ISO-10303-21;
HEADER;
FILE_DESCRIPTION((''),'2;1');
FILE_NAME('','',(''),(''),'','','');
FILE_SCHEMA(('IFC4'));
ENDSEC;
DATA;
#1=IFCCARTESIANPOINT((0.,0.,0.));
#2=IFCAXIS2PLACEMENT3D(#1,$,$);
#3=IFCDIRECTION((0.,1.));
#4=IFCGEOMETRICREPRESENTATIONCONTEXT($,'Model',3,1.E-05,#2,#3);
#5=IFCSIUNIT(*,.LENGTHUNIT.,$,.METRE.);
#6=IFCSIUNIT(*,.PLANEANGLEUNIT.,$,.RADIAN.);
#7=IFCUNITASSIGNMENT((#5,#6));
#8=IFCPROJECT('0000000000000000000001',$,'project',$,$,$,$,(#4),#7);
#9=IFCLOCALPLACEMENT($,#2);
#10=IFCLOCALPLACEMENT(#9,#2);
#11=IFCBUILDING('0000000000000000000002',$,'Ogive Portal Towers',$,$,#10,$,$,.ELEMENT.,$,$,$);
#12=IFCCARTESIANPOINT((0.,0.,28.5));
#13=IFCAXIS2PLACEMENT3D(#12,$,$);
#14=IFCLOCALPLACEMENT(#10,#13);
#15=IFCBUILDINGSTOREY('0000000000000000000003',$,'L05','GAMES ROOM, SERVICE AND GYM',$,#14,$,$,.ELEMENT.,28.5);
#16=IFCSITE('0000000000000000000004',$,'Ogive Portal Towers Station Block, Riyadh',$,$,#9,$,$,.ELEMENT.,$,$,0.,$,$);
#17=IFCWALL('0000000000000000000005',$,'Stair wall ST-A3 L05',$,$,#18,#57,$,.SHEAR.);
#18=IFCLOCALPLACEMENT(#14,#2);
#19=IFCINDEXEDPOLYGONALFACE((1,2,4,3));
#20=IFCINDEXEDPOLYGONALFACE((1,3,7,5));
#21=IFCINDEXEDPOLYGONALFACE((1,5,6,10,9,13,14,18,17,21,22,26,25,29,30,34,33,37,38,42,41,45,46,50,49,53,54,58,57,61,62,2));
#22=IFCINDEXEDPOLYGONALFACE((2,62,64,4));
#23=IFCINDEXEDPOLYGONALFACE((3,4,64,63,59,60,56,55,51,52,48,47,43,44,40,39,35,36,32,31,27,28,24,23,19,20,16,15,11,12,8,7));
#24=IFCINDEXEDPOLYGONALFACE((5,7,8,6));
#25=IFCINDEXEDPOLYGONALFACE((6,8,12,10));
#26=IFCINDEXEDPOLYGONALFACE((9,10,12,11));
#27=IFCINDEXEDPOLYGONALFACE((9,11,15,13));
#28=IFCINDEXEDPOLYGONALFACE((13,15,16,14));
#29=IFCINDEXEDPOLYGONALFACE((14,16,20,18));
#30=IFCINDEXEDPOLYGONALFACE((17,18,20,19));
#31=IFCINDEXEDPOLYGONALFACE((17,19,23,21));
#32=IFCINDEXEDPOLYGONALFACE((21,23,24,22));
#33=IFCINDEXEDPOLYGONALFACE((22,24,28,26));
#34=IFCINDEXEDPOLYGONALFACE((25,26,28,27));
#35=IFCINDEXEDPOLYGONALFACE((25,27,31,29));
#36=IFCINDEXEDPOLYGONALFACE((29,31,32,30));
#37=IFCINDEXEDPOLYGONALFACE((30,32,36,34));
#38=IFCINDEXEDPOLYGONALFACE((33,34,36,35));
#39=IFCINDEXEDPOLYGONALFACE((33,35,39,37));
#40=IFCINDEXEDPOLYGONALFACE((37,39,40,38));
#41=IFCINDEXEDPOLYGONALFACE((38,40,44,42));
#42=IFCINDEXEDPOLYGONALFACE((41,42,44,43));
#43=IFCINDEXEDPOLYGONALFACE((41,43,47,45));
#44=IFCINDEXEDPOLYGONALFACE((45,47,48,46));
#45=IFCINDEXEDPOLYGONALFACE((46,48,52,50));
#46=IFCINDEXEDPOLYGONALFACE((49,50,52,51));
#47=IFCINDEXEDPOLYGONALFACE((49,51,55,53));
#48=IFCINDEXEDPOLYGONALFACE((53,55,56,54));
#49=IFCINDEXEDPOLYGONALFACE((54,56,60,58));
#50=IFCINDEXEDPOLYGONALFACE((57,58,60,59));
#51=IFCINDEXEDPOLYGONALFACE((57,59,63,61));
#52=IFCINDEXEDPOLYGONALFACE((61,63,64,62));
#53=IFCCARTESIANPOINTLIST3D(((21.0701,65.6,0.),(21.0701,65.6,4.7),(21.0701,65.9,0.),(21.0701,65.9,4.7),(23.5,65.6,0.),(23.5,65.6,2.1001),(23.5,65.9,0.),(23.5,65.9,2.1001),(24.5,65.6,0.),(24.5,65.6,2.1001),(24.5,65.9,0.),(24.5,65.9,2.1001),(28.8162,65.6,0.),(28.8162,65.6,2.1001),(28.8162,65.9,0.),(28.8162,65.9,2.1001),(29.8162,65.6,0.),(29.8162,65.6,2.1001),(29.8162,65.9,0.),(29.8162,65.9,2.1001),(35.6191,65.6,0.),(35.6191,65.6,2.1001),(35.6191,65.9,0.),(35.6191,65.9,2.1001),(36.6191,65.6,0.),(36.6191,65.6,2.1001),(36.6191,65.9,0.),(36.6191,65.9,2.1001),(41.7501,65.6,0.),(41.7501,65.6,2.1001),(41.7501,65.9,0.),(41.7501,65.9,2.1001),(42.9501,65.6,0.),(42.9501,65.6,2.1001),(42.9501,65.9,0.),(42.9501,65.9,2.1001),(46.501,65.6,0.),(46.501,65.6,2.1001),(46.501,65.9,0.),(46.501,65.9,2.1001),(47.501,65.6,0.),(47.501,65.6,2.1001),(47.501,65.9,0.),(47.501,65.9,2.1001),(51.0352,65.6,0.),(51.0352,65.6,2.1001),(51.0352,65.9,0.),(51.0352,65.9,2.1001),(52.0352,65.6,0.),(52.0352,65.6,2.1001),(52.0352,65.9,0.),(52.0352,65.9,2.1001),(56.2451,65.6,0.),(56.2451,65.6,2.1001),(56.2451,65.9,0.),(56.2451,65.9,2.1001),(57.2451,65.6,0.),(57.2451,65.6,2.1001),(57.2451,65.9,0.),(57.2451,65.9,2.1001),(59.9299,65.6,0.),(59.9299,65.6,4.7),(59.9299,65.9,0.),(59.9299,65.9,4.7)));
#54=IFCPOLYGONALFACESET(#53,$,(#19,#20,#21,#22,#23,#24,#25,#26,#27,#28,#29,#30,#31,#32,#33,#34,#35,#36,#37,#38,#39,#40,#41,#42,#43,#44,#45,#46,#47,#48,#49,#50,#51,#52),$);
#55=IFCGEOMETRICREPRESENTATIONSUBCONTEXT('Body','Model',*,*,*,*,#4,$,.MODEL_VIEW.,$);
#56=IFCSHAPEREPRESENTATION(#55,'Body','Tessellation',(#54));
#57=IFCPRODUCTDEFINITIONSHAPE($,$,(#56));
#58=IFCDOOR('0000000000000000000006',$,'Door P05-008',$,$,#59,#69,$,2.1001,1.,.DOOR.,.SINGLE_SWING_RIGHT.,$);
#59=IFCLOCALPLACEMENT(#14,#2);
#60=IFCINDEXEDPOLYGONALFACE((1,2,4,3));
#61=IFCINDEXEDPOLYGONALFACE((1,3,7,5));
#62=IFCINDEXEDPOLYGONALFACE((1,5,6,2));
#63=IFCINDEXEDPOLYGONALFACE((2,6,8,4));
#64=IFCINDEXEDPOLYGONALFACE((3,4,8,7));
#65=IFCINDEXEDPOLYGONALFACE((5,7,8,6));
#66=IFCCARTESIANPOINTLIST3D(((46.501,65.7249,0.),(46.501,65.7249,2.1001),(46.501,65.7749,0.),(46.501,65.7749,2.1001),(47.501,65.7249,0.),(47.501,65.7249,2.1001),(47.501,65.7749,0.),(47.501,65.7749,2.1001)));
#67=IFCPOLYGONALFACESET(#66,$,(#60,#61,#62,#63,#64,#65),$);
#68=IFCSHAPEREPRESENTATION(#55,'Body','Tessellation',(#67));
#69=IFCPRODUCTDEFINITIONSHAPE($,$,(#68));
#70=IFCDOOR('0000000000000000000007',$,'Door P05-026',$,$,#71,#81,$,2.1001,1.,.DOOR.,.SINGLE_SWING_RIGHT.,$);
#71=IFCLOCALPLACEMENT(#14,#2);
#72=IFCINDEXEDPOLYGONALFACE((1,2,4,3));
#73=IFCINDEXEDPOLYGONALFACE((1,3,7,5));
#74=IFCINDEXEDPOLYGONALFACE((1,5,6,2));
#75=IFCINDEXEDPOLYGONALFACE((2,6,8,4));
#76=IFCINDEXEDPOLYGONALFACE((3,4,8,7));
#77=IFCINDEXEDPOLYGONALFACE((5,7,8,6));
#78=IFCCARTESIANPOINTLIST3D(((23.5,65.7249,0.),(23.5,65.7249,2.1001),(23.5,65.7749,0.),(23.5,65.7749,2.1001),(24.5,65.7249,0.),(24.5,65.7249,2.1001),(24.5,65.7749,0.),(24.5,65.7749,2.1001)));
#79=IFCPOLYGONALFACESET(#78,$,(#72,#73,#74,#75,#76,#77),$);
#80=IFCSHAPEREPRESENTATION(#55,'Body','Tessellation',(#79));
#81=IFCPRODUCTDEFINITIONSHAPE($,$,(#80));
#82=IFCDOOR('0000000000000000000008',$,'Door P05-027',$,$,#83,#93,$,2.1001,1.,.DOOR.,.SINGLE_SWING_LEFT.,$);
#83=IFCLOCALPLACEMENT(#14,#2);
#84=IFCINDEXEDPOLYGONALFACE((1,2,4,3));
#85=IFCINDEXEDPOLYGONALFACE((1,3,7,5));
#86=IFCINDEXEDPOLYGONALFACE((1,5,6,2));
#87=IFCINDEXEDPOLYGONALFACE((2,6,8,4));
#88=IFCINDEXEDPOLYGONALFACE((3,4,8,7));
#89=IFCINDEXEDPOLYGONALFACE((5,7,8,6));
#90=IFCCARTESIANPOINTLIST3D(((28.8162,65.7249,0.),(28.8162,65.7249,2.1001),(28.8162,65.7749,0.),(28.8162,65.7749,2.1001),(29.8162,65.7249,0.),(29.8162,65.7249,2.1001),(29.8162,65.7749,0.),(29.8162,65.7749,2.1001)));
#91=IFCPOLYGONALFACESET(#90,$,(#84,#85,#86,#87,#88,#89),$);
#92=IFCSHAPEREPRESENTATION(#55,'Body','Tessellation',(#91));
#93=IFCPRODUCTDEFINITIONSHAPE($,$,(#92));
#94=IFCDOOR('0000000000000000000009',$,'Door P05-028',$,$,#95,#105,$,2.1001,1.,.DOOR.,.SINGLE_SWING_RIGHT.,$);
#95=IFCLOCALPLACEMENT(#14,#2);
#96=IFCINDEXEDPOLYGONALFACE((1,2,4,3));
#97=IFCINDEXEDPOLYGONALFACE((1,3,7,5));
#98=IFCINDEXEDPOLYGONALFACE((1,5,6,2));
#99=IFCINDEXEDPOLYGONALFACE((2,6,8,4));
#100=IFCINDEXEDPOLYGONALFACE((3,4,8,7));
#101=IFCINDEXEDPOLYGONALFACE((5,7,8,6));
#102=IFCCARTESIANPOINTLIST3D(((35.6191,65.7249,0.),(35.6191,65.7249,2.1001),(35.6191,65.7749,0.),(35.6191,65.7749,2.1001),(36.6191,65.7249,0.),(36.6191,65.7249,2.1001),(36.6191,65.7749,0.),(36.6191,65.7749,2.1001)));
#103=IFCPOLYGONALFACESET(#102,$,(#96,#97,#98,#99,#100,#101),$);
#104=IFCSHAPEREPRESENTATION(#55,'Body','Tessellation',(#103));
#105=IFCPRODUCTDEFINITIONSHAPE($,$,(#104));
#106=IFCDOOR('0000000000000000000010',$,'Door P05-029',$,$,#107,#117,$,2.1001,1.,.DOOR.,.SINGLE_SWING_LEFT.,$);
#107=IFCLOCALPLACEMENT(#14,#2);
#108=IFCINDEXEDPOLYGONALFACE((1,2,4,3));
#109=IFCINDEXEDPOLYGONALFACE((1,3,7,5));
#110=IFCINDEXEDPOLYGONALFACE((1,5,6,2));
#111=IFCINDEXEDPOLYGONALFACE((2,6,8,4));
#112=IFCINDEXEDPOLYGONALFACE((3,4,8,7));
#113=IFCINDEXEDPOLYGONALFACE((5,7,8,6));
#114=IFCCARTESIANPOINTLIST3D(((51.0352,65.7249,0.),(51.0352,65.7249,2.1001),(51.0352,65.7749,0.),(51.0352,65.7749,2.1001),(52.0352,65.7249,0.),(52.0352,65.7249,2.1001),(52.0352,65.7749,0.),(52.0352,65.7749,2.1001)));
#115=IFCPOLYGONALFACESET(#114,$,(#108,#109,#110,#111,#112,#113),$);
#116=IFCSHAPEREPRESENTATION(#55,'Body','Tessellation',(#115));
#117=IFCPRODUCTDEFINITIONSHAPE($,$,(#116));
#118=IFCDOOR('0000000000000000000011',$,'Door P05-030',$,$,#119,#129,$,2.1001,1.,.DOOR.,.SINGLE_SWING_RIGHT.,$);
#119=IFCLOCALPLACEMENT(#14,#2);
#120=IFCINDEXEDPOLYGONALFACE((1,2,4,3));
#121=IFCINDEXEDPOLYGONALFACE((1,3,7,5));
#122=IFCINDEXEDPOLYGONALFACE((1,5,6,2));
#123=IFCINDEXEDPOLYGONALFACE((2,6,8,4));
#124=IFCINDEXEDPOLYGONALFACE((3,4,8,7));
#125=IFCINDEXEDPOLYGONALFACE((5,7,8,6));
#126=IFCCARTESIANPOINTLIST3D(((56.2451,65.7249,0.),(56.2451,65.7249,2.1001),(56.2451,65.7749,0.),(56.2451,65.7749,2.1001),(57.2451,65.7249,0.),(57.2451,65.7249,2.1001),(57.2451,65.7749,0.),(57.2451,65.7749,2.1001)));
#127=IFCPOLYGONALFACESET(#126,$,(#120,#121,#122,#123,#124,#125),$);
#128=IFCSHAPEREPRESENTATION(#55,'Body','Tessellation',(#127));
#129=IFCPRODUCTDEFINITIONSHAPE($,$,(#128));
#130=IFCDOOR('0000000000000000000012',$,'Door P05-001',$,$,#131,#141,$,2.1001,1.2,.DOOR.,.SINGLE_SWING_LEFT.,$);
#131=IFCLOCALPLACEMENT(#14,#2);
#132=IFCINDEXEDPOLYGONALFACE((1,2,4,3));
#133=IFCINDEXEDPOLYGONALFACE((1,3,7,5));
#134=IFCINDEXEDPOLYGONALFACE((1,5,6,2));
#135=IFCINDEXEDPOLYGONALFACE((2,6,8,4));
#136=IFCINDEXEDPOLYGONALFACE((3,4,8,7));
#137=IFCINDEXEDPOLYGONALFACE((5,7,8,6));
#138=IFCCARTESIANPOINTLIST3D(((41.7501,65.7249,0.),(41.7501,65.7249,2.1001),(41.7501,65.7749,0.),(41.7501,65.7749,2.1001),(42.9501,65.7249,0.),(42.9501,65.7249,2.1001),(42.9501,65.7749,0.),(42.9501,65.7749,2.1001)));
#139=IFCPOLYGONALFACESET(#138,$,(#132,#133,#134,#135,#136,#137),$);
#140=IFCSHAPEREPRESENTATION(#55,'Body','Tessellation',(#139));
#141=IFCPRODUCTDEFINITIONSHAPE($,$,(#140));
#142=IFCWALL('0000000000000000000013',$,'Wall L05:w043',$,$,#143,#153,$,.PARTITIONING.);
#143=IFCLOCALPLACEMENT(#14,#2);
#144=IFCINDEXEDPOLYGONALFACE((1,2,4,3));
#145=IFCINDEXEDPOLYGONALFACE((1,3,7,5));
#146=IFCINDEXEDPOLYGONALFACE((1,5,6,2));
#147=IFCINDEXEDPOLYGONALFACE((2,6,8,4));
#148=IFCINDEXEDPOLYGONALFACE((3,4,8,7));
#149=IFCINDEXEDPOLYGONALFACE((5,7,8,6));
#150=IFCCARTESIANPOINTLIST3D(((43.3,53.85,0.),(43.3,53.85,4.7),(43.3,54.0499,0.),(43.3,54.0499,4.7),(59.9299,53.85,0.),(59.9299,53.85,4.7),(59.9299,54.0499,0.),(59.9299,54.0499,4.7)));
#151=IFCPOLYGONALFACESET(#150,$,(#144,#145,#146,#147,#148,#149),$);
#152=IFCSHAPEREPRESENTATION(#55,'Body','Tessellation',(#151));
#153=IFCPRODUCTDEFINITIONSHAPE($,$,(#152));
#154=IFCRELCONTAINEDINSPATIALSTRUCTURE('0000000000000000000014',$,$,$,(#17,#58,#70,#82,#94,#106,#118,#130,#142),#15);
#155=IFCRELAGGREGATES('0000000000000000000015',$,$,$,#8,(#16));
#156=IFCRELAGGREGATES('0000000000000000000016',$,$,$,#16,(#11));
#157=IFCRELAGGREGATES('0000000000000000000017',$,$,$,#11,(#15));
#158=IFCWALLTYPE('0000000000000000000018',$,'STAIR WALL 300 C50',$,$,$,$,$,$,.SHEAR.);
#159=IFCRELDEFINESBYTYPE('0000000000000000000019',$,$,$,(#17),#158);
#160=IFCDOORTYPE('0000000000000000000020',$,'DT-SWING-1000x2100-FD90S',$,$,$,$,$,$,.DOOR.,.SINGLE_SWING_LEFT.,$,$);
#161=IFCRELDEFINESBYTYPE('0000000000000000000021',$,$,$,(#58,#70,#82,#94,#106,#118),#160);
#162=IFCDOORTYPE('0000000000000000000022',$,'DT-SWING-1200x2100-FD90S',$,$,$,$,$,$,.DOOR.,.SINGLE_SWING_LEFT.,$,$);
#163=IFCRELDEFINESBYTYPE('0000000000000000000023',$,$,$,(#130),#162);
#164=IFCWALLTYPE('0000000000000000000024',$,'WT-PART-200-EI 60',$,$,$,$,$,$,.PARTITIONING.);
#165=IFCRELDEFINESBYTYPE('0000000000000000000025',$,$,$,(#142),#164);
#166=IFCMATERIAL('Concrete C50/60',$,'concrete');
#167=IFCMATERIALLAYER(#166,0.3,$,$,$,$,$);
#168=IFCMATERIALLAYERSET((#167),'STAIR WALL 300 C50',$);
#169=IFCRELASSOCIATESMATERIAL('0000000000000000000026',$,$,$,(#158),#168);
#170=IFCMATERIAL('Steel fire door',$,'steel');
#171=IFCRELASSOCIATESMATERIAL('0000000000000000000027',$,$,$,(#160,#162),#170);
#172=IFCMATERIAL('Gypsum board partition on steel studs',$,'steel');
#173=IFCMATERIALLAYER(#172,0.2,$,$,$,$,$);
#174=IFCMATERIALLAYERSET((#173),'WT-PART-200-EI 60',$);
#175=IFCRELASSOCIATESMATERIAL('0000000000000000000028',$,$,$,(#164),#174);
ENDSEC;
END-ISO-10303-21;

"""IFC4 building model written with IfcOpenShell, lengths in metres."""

from ifc_helpers import new_model, si_unit, direction, frame, frame_2d, origin, place, context, subcontext, project, spatial, rectangle, extrude, material, layer, layer_set, type_object, element, fill, save


model = new_model("IFC4")

# Units and contexts
model_context = context("Model", 3, precision=1e-05, world=origin(), true_north=direction((0.0, 1.0)))
body_context = subcontext(model_context, "Body", "Model", "MODEL_VIEW")
ifc_project = project(units=[si_unit("LENGTHUNIT", "METRE"), si_unit("PLANEANGLEUNIT", "RADIAN")], contexts=[model_context])

# Site, building, storey
site_placement = place(None, origin())
site = spatial("IfcSite", under=ifc_project, at=site_placement, Name="Ogive Portal Towers Station Block, Riyadh", CompositionType="ELEMENT", RefElevation=0.0)
building_placement = place(site_placement, origin())
building = spatial("IfcBuilding", under=site, at=building_placement, Name="Ogive Portal Towers", CompositionType="ELEMENT")
storey_placement = place(building_placement, frame((0.0, 0.0, 28.5)))
storey = spatial("IfcBuildingStorey", under=building, at=storey_placement, Name="L05", Description="GAMES ROOM, SERVICE AND GYM", CompositionType="ELEMENT", Elevation=28.5)

# Shared definitions
ifc_material_1 = material(Name="Concrete C50/60", Category="concrete")

# Wall, openings, doors
ifc_layer_1 = layer(ifc_material_1, 0.3)
ifc_layer_set_1 = layer_set([ifc_layer_1], Name="STAIR WALL 300 C50")
wall_type_1 = type_object("IfcWallType", Name="STAIR WALL 300 C50", PredefinedType="SHEAR", material=ifc_layer_set_1)
wall_1_placement = place(storey_placement, frame((21.0701, 65.75, 0.0), z_axis=(0.0, 0.0, 1.0), x_axis=(1.0, 0.0, 0.0)))
wall_1 = element("IfcWall", 1, at=wall_1_placement, inside=storey, type_object=wall_type_1, Name="Stair wall ST-A3 L05", PredefinedType="SHEAR", context=body_context, shape_type="SweptSolid", body=[
    extrude(rectangle(XDim=38.8599, YDim=0.3, at=frame_2d((19.4299, 0.0))), origin(), (0.0, 0.0, 1.0), 4.7),
])
opening_1_placement = place(wall_1_placement, frame((20.6799, 0.0, 0.0)))
opening_1 = element("IfcOpeningElement", 2, at=opening_1_placement, cuts=wall_1, PredefinedType="OPENING", context=body_context, shape_type="SweptSolid", body=[
    extrude(rectangle(XDim=1.2, YDim=2.1001, at=frame_2d((0.6001, 1.05))), frame((0.0, 0.1602, 0.0), z_axis=(0.0, -1.0, 0.0), x_axis=(1.0, 0.0, 0.0)), (0.0, 0.0, 1.0), 0.3201),
])
opening_2_placement = place(wall_1_placement, frame((25.4309, 0.0, 0.0)))
opening_2 = element("IfcOpeningElement", 3, at=opening_2_placement, cuts=wall_1, PredefinedType="OPENING", context=body_context, shape_type="SweptSolid", body=[
    extrude(rectangle(XDim=1.0, YDim=2.1001, at=frame_2d((0.5, 1.05))), frame((0.0, 0.1602, 0.0), z_axis=(0.0, -1.0, 0.0), x_axis=(1.0, 0.0, 0.0)), (0.0, 0.0, 1.0), 0.3201),
])
opening_3_placement = place(wall_1_placement, frame((2.4299, 0.0, 0.0)))
opening_3 = element("IfcOpeningElement", 4, at=opening_3_placement, cuts=wall_1, PredefinedType="OPENING", context=body_context, shape_type="SweptSolid", body=[
    extrude(rectangle(XDim=1.0, YDim=2.1001, at=frame_2d((0.5, 1.05))), frame((0.0, 0.1602, 0.0), z_axis=(0.0, -1.0, 0.0), x_axis=(1.0, 0.0, 0.0)), (0.0, 0.0, 1.0), 0.3201),
])
opening_4_placement = place(wall_1_placement, frame((7.7461, 0.0, 0.0)))
opening_4 = element("IfcOpeningElement", 5, at=opening_4_placement, cuts=wall_1, PredefinedType="OPENING", context=body_context, shape_type="SweptSolid", body=[
    extrude(rectangle(XDim=1.0, YDim=2.1001, at=frame_2d((0.5, 1.05))), frame((0.0, 0.1602, 0.0), z_axis=(0.0, -1.0, 0.0), x_axis=(1.0, 0.0, 0.0)), (0.0, 0.0, 1.0), 0.3201),
])
opening_5_placement = place(wall_1_placement, frame((14.5491, 0.0, 0.0)))
opening_5 = element("IfcOpeningElement", 6, at=opening_5_placement, cuts=wall_1, PredefinedType="OPENING", context=body_context, shape_type="SweptSolid", body=[
    extrude(rectangle(XDim=1.0, YDim=2.1001, at=frame_2d((0.5, 1.05))), frame((0.0, 0.1602, 0.0), z_axis=(0.0, -1.0, 0.0), x_axis=(1.0, 0.0, 0.0)), (0.0, 0.0, 1.0), 0.3201),
])
opening_6_placement = place(wall_1_placement, frame((29.9651, 0.0, 0.0)))
opening_6 = element("IfcOpeningElement", 7, at=opening_6_placement, cuts=wall_1, PredefinedType="OPENING", context=body_context, shape_type="SweptSolid", body=[
    extrude(rectangle(XDim=1.0, YDim=2.1001, at=frame_2d((0.5, 1.05))), frame((0.0, 0.1602, 0.0), z_axis=(0.0, -1.0, 0.0), x_axis=(1.0, 0.0, 0.0)), (0.0, 0.0, 1.0), 0.3201),
])
opening_7_placement = place(wall_1_placement, frame((35.175, 0.0, 0.0)))
opening_7 = element("IfcOpeningElement", 8, at=opening_7_placement, cuts=wall_1, PredefinedType="OPENING", context=body_context, shape_type="SweptSolid", body=[
    extrude(rectangle(XDim=1.0, YDim=2.1001, at=frame_2d((0.5, 1.05))), frame((0.0, 0.1602, 0.0), z_axis=(0.0, -1.0, 0.0), x_axis=(1.0, 0.0, 0.0)), (0.0, 0.0, 1.0), 0.3201),
])
ifc_material_2 = material(Name="Steel fire door", Category="steel")
door_type_1 = type_object("IfcDoorType", Name="DT-SWING-1000x2100-FD90S", OperationType="SINGLE_SWING_LEFT", PredefinedType="DOOR", material=ifc_material_2)
door_1_placement = place(opening_2_placement, origin())
door_1 = element("IfcDoor", 9, at=door_1_placement, inside=storey, type_object=door_type_1, Name="Door P05-008", OperationType="SINGLE_SWING_RIGHT", OverallHeight=2.1001, OverallWidth=1.0, PredefinedType="DOOR", context=body_context, shape_type="SweptSolid", body=[
    extrude(rectangle(XDim=1.0, YDim=2.1001, at=frame_2d((0.5, 1.05))), frame((0.0, 0.0249, 0.0), z_axis=(0.0, -1.0, 0.0), x_axis=(1.0, 0.0, 0.0)), (0.0, 0.0, 1.0), 0.05),
])
fill(opening_2, door_1)
door_2_placement = place(opening_3_placement, origin())
door_2 = element("IfcDoor", 10, at=door_2_placement, inside=storey, type_object=door_type_1, Name="Door P05-026", OperationType="SINGLE_SWING_RIGHT", OverallHeight=2.1001, OverallWidth=1.0, PredefinedType="DOOR", context=body_context, shape_type="SweptSolid", body=[
    extrude(rectangle(XDim=1.0, YDim=2.1001, at=frame_2d((0.5, 1.05))), frame((0.0, 0.0249, 0.0), z_axis=(0.0, -1.0, 0.0), x_axis=(1.0, 0.0, 0.0)), (0.0, 0.0, 1.0), 0.05),
])
fill(opening_3, door_2)
door_3_placement = place(opening_4_placement, origin())
door_3 = element("IfcDoor", 11, at=door_3_placement, inside=storey, type_object=door_type_1, Name="Door P05-027", OperationType="SINGLE_SWING_LEFT", OverallHeight=2.1001, OverallWidth=1.0, PredefinedType="DOOR", context=body_context, shape_type="SweptSolid", body=[
    extrude(rectangle(XDim=1.0, YDim=2.1001, at=frame_2d((0.5, 1.05))), frame((0.0, 0.0249, 0.0), z_axis=(0.0, -1.0, 0.0), x_axis=(1.0, 0.0, 0.0)), (0.0, 0.0, 1.0), 0.05),
])
fill(opening_4, door_3)
door_4_placement = place(opening_5_placement, origin())
door_4 = element("IfcDoor", 12, at=door_4_placement, inside=storey, type_object=door_type_1, Name="Door P05-028", OperationType="SINGLE_SWING_RIGHT", OverallHeight=2.1001, OverallWidth=1.0, PredefinedType="DOOR", context=body_context, shape_type="SweptSolid", body=[
    extrude(rectangle(XDim=1.0, YDim=2.1001, at=frame_2d((0.5, 1.05))), frame((0.0, 0.0249, 0.0), z_axis=(0.0, -1.0, 0.0), x_axis=(1.0, 0.0, 0.0)), (0.0, 0.0, 1.0), 0.05),
])
fill(opening_5, door_4)
door_5_placement = place(opening_6_placement, origin())
door_5 = element("IfcDoor", 13, at=door_5_placement, inside=storey, type_object=door_type_1, Name="Door P05-029", OperationType="SINGLE_SWING_LEFT", OverallHeight=2.1001, OverallWidth=1.0, PredefinedType="DOOR", context=body_context, shape_type="SweptSolid", body=[
    extrude(rectangle(XDim=1.0, YDim=2.1001, at=frame_2d((0.5, 1.05))), frame((0.0, 0.0249, 0.0), z_axis=(0.0, -1.0, 0.0), x_axis=(1.0, 0.0, 0.0)), (0.0, 0.0, 1.0), 0.05),
])
fill(opening_6, door_5)
door_6_placement = place(opening_7_placement, origin())
door_6 = element("IfcDoor", 14, at=door_6_placement, inside=storey, type_object=door_type_1, Name="Door P05-030", OperationType="SINGLE_SWING_RIGHT", OverallHeight=2.1001, OverallWidth=1.0, PredefinedType="DOOR", context=body_context, shape_type="SweptSolid", body=[
    extrude(rectangle(XDim=1.0, YDim=2.1001, at=frame_2d((0.5, 1.05))), frame((0.0, 0.0249, 0.0), z_axis=(0.0, -1.0, 0.0), x_axis=(1.0, 0.0, 0.0)), (0.0, 0.0, 1.0), 0.05),
])
fill(opening_7, door_6)
door_type_2 = type_object("IfcDoorType", Name="DT-SWING-1200x2100-FD90S", OperationType="SINGLE_SWING_LEFT", PredefinedType="DOOR", material=ifc_material_2)
door_7_placement = place(opening_1_placement, origin())
door_7 = element("IfcDoor", 15, at=door_7_placement, inside=storey, type_object=door_type_2, Name="Door P05-001", OperationType="SINGLE_SWING_LEFT", OverallHeight=2.1001, OverallWidth=1.2, PredefinedType="DOOR", context=body_context, shape_type="SweptSolid", body=[
    extrude(rectangle(XDim=1.2, YDim=2.1001, at=frame_2d((0.6001, 1.05))), frame((0.0, 0.0249, 0.0), z_axis=(0.0, -1.0, 0.0), x_axis=(1.0, 0.0, 0.0)), (0.0, 0.0, 1.0), 0.05),
])
fill(opening_1, door_7)

# Wall
ifc_material_3 = material(Name="Gypsum board partition on steel studs", Category="steel")
ifc_layer_2 = layer(ifc_material_3, 0.2)
ifc_layer_set_2 = layer_set([ifc_layer_2], Name="WT-PART-200-EI 60")
wall_type_2 = type_object("IfcWallType", Name="WT-PART-200-EI 60", PredefinedType="PARTITIONING", material=ifc_layer_set_2)
wall_2_placement = place(storey_placement, frame((43.3, 53.95, 0.0), z_axis=(0.0, 0.0, 1.0), x_axis=(1.0, 0.0, 0.0)))
element("IfcWall", 16, at=wall_2_placement, inside=storey, type_object=wall_type_2, Name="Wall L05:w043", PredefinedType="PARTITIONING", context=body_context, shape_type="SweptSolid", body=[
    extrude(rectangle(XDim=16.6299, YDim=0.2, at=frame_2d((8.3149, 0.0))), origin(), (0.0, 0.0, 1.0), 4.7),
])

save(model, "model.ifc")
